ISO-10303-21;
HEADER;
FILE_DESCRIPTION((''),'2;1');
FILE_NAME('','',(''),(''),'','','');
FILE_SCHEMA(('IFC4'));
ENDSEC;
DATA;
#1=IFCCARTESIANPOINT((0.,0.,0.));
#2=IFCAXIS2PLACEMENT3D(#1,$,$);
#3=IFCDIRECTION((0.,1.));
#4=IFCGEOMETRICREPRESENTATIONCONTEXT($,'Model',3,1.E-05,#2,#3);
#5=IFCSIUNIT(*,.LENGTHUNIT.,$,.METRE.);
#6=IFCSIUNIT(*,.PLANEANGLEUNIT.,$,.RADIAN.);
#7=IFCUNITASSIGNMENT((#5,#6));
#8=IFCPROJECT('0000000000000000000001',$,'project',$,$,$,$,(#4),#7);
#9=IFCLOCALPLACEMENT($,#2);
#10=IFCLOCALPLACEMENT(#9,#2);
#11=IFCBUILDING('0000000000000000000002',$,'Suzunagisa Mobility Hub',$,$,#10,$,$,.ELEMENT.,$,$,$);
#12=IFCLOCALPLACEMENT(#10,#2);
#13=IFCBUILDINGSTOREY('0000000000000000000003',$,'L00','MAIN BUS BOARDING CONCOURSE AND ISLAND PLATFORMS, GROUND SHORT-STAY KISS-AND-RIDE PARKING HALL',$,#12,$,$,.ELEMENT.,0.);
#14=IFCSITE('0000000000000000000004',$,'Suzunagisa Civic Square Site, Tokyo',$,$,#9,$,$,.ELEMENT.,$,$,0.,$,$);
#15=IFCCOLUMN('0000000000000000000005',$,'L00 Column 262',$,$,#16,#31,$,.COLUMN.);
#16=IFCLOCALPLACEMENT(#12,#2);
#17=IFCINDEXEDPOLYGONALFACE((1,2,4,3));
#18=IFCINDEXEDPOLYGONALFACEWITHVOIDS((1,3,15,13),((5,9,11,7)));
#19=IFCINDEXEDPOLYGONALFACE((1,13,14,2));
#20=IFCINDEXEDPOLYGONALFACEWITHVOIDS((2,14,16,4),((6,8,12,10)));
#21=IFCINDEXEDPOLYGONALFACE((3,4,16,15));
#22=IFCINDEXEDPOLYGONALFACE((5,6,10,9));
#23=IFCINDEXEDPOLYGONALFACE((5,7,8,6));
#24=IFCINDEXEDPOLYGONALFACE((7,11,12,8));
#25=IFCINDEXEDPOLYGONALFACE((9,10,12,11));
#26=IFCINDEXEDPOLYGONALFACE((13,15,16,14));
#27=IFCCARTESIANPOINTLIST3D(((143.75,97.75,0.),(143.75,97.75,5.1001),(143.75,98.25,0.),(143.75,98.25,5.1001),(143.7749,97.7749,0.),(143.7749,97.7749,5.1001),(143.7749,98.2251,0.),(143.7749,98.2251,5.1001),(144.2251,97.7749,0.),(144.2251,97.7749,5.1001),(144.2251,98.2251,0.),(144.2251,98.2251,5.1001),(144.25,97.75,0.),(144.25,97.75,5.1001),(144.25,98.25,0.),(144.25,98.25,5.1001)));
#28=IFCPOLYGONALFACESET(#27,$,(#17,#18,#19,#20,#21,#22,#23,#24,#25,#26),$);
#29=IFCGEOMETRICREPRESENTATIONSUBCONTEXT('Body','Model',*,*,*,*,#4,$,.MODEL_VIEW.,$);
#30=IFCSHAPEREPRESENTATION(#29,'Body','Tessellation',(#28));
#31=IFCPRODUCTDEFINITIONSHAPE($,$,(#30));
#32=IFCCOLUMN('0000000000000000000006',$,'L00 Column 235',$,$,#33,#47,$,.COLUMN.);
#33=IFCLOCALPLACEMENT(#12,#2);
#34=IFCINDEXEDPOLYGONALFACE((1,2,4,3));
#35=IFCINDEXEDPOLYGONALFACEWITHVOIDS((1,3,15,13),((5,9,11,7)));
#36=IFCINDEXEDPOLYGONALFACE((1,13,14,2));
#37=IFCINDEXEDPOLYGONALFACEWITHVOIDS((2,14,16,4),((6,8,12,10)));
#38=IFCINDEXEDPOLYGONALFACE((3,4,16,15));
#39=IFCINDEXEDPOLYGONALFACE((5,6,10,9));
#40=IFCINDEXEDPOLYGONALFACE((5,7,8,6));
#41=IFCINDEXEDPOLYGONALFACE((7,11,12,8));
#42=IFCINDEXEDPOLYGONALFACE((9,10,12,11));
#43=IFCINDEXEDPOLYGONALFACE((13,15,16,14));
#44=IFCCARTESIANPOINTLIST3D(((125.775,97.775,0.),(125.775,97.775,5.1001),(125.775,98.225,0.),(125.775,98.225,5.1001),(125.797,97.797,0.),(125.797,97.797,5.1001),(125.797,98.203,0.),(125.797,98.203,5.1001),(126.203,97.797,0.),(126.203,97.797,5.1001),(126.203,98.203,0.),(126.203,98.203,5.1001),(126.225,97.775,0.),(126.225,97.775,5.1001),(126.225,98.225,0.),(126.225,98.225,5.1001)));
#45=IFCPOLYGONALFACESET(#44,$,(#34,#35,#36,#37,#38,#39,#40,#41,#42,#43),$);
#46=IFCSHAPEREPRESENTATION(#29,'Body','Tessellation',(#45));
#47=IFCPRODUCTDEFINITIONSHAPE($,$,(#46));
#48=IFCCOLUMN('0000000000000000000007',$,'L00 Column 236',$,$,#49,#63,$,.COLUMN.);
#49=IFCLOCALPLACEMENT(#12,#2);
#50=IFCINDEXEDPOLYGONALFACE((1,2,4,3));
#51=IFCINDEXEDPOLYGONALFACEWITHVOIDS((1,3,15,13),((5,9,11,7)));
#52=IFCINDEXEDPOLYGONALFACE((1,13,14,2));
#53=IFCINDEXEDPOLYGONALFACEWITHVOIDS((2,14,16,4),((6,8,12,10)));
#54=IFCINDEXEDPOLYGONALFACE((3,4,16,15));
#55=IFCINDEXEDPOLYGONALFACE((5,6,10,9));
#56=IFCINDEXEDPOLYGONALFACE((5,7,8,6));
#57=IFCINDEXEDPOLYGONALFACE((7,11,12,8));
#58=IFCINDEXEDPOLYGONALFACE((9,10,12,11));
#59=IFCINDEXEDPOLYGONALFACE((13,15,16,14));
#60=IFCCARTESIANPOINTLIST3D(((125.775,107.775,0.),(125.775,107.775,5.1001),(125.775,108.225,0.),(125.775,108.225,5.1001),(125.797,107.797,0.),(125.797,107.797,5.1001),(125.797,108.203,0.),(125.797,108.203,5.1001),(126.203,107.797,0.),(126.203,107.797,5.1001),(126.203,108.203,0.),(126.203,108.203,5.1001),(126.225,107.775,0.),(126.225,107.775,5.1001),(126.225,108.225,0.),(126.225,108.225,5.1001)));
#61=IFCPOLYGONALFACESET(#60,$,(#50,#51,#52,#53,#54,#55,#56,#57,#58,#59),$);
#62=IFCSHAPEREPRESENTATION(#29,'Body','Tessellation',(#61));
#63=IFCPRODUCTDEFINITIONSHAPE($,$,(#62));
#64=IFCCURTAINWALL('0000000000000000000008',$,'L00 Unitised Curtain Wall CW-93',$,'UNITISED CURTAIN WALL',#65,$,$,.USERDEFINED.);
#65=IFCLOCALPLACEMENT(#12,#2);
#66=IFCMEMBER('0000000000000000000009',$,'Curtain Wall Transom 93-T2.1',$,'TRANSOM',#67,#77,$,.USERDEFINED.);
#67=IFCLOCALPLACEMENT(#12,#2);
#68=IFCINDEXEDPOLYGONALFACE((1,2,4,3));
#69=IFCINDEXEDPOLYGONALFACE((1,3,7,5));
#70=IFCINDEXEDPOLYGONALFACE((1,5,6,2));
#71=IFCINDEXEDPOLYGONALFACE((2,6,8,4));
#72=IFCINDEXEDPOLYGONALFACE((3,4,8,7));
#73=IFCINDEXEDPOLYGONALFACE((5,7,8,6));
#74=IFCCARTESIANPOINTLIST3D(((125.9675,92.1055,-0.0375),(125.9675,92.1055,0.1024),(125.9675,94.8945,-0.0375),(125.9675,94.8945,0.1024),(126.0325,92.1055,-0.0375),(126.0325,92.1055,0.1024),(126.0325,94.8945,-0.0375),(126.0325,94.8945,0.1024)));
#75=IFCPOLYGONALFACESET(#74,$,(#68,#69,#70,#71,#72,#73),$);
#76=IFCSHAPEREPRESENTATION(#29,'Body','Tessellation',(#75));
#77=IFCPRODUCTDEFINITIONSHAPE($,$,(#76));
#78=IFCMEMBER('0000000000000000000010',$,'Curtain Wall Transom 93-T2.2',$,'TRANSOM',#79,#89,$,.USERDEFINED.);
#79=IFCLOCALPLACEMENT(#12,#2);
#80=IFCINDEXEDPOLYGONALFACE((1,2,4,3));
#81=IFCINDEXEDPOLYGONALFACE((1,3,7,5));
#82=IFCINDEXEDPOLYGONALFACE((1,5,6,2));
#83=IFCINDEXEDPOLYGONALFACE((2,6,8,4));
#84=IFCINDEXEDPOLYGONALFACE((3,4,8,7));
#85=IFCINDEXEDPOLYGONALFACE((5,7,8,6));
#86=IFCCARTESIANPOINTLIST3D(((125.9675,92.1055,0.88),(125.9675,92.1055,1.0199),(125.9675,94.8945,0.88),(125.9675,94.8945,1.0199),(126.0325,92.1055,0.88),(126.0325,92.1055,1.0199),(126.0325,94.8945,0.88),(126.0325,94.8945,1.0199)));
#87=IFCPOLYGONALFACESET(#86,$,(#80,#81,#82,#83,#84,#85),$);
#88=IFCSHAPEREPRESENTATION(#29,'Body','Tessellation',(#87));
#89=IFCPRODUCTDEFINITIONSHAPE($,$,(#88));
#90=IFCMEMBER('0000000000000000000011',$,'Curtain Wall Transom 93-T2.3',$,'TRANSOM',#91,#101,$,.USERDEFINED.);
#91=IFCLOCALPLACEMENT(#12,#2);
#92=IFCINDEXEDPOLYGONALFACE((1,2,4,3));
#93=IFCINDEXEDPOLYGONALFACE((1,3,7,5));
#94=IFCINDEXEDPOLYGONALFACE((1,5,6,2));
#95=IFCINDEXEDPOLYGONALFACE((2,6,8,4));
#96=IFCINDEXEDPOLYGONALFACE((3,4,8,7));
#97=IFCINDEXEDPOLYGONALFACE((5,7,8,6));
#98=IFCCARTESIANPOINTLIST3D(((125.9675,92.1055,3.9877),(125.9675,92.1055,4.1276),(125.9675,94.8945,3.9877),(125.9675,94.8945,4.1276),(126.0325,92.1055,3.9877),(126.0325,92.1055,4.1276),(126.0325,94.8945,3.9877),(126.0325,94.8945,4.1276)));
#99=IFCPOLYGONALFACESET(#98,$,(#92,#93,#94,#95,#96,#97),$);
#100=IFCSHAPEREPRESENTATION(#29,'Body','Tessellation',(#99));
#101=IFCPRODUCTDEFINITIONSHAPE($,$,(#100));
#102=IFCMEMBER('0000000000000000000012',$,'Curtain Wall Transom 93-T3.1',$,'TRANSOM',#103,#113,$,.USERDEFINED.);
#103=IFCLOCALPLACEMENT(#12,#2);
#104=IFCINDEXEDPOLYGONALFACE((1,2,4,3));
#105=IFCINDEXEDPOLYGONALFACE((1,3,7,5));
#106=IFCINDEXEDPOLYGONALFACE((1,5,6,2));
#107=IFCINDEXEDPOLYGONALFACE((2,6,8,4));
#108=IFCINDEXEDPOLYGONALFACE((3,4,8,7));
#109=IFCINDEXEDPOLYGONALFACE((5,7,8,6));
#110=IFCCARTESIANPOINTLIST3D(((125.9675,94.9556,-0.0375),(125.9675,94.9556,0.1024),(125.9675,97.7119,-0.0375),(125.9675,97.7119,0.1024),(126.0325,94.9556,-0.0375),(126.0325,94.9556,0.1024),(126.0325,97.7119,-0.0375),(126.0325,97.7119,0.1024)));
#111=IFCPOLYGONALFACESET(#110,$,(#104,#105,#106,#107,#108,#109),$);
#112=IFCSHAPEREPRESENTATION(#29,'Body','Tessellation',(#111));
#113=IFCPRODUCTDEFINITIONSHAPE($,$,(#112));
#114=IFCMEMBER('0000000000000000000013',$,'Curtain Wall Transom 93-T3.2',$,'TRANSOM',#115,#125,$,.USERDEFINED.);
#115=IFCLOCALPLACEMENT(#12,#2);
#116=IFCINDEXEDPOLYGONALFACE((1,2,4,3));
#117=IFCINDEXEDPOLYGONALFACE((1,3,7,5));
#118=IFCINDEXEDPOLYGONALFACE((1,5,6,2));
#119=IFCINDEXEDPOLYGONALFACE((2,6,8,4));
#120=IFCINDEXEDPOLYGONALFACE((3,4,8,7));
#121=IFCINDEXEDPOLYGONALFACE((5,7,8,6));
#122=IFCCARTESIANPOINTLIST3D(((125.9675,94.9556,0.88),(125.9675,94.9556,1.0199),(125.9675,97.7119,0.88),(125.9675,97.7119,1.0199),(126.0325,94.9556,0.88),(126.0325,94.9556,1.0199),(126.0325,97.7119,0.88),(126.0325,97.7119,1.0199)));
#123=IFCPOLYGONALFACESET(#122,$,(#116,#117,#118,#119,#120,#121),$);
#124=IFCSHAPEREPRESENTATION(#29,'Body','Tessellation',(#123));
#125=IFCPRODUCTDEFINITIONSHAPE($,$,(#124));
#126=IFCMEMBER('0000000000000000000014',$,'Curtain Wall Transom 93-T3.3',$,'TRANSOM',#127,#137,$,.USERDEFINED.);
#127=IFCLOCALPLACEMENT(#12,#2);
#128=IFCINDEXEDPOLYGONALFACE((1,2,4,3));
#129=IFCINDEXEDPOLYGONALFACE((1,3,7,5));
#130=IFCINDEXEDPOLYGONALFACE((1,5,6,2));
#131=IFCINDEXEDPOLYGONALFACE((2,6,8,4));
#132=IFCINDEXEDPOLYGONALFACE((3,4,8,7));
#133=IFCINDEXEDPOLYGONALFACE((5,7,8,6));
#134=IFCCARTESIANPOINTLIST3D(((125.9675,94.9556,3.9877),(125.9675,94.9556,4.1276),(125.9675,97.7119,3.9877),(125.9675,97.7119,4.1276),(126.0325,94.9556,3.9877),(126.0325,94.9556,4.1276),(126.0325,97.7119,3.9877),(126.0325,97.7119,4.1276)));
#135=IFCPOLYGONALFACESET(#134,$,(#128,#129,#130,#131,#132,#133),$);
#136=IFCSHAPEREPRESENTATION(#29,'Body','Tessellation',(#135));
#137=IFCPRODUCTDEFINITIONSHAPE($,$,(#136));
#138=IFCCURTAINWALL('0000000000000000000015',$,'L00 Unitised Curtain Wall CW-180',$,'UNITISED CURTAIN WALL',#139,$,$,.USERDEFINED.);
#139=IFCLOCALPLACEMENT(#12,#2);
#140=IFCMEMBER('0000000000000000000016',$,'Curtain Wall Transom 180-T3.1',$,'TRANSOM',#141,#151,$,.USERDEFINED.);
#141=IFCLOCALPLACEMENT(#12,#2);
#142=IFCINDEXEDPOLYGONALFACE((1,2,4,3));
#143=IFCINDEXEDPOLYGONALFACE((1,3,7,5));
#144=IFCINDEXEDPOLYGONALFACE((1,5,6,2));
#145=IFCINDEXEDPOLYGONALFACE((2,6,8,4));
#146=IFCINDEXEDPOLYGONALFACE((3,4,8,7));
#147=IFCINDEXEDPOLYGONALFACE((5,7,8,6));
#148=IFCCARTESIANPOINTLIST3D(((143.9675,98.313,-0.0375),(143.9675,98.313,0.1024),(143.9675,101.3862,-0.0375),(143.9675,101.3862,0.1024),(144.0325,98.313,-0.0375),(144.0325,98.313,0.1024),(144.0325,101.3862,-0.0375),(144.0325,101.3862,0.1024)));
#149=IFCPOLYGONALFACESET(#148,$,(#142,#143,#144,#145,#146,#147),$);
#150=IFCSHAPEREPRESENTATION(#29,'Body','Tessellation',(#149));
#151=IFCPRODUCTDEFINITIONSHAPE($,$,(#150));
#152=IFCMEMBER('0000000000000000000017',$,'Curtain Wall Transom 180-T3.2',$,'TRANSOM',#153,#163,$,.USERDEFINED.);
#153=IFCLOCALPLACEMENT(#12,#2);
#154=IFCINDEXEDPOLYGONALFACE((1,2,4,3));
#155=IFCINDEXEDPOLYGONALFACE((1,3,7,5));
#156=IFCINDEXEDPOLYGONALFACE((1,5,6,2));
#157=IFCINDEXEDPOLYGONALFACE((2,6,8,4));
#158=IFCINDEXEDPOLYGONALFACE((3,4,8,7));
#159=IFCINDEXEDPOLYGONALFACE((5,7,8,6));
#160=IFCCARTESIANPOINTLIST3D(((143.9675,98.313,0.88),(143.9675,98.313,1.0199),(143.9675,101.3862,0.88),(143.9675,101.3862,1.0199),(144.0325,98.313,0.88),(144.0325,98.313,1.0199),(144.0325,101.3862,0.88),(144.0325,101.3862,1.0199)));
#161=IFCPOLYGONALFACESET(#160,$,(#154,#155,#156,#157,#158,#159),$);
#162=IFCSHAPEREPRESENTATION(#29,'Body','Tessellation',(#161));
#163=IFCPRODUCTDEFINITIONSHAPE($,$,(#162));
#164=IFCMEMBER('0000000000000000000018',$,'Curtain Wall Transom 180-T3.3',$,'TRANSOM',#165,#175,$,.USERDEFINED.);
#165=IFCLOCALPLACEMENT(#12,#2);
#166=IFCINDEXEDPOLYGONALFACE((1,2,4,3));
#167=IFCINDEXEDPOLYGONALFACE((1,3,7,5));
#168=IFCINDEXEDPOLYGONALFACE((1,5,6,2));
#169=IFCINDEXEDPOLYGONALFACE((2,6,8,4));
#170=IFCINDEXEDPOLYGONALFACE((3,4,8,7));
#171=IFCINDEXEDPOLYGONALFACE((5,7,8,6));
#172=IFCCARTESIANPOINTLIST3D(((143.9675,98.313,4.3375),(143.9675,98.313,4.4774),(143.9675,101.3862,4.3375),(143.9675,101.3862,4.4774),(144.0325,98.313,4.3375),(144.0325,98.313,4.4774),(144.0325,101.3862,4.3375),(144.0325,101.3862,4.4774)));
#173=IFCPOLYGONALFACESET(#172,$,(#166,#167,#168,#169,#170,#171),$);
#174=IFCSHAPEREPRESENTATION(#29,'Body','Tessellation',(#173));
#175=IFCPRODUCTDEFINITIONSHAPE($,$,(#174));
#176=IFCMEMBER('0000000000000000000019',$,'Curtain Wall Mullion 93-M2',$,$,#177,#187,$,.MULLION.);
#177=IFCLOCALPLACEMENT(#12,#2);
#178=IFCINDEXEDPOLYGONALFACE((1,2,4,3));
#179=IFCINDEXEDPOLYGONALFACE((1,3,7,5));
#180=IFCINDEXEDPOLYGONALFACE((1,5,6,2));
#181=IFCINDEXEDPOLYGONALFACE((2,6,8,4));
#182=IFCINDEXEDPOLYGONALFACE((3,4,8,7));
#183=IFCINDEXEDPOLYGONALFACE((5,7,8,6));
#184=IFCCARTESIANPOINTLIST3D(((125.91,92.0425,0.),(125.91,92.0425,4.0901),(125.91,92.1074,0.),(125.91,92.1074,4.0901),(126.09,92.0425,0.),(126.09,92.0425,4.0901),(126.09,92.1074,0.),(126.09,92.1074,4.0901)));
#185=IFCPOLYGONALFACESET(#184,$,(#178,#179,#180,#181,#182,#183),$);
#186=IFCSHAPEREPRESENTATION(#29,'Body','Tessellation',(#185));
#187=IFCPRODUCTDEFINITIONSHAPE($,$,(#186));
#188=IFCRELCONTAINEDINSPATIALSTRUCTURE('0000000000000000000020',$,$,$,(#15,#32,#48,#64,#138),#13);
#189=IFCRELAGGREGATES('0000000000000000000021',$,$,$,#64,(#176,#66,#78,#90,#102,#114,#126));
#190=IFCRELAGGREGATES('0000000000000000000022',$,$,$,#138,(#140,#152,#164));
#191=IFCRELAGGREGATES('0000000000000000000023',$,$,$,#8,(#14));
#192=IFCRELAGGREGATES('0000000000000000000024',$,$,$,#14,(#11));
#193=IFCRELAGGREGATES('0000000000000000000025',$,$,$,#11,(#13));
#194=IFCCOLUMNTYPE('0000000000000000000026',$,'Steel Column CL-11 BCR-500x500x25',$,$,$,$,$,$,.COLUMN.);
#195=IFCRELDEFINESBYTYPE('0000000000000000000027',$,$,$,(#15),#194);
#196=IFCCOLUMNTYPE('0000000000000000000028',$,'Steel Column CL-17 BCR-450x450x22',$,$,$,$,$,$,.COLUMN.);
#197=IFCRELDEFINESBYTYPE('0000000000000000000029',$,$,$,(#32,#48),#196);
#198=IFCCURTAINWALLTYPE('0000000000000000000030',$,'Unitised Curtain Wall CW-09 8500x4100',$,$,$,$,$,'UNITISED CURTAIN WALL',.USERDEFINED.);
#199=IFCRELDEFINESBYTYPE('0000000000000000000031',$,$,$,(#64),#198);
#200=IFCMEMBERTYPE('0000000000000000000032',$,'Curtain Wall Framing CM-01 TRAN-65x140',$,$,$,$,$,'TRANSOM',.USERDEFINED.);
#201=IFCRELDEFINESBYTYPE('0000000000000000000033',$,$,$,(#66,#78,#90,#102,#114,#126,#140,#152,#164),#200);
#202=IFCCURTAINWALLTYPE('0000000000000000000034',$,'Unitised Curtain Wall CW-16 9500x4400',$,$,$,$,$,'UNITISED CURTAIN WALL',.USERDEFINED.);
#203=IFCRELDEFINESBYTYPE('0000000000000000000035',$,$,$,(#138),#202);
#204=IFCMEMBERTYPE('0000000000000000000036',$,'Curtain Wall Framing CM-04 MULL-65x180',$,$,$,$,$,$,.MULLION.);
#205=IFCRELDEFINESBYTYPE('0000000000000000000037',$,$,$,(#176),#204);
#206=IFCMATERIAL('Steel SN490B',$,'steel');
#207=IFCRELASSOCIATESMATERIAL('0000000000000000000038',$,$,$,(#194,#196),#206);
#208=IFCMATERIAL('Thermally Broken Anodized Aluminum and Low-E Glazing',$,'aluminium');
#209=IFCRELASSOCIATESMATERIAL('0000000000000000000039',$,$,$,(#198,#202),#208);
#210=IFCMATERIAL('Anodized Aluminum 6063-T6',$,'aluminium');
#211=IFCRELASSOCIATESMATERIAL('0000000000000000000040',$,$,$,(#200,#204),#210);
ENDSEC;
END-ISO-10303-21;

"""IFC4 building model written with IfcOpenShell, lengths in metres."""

from ifc_helpers import new_model, si_unit, direction, frame, origin, origin_2d, place, context, subcontext, project, spatial, rectangle, hollow_rectangle, extrude, material, material_profile, profile_set, type_object, element, aggregate, save


model = new_model("IFC4")

# Units and contexts
model_context = context("Model", 3, precision=1e-05, world=origin(), true_north=direction((0.0, 1.0)))
body_context = subcontext(model_context, "Body", "Model", "MODEL_VIEW")
ifc_project = project(units=[si_unit("LENGTHUNIT", "METRE"), si_unit("PLANEANGLEUNIT", "RADIAN")], contexts=[model_context])

# Site, building, storey
site_placement = place(None, origin())
site = spatial("IfcSite", under=ifc_project, at=site_placement, Name="Suzunagisa Civic Square Site, Tokyo", CompositionType="ELEMENT", RefElevation=0.0)
building_placement = place(site_placement, origin())
building = spatial("IfcBuilding", under=site, at=building_placement, Name="Suzunagisa Mobility Hub", CompositionType="ELEMENT")
storey_placement = place(building_placement, origin())
storey = spatial("IfcBuildingStorey", under=building, at=storey_placement, Name="L00", Description="MAIN BUS BOARDING CONCOURSE AND ISLAND PLATFORMS, GROUND SHORT-STAY KISS-AND-RIDE PARKING HALL", CompositionType="ELEMENT", Elevation=0.0)

# Columns
ifc_material_1 = material(Name="Steel SN490B", Category="steel")
ifc_material_profile_1 = material_profile(ifc_material_1, hollow_rectangle(XDim=0.5, YDim=0.5, WallThickness=0.0249, at=origin_2d()), Name="BCR-500x500x25")
ifc_profile_set_1 = profile_set([ifc_material_profile_1], Name="Steel SN490B")
column_type_1 = type_object("IfcColumnType", Name="Steel Column CL-11 BCR-500x500x25", PredefinedType="COLUMN", material=ifc_profile_set_1)
column_placement = place(storey_placement, frame((144.0, 98.0, 0.0), z_axis=(0.0, 0.0, 1.0), x_axis=(1.0, 0.0, 0.0)))
element("IfcColumn", 1, at=column_placement, inside=storey, type_object=column_type_1, Name="L00 Column 262", PredefinedType="COLUMN", context=body_context, shape_type="SweptSolid", body=[
    extrude(hollow_rectangle(XDim=0.5, YDim=0.5, WallThickness=0.0249, at=origin_2d()), origin(), (0.0, 0.0, 1.0), 5.1001),
])
ifc_material_profile_2 = material_profile(ifc_material_1, hollow_rectangle(XDim=0.45, YDim=0.45, WallThickness=0.022, at=origin_2d()), Name="BCR-450x450x22")
ifc_profile_set_2 = profile_set([ifc_material_profile_2], Name="Steel SN490B")
column_type_2 = type_object("IfcColumnType", Name="Steel Column CL-17 BCR-450x450x22", PredefinedType="COLUMN", material=ifc_profile_set_2)
for number, where, z_axis, x_axis, name in (
    (2, (126.0, 98.0, 0.0), (0.0, 0.0, 1.0), (1.0, 0.0, 0.0), "L00 Column 235"),
    (3, (126.0, 108.0, 0.0), (0.0, 0.0, 1.0), (1.0, 0.0, 0.0), "L00 Column 236"),
):
    element("IfcColumn", number, at=place(storey_placement, frame(where, z_axis=z_axis, x_axis=x_axis)), inside=storey, type_object=column_type_2, Name=name, PredefinedType="COLUMN", context=body_context, shape_type="SweptSolid", body=[
        extrude(hollow_rectangle(XDim=0.45, YDim=0.45, WallThickness=0.022, at=origin_2d()), origin(), (0.0, 0.0, 1.0), 5.1001),
    ])

# Curtain walls, members
ifc_material_2 = material(Name="Thermally Broken Anodized Aluminum and Low-E Glazing", Category="aluminium")
curtain_wall_type_1 = type_object("IfcCurtainWallType", Name="Unitised Curtain Wall CW-09 8500x4100", ElementType="UNITISED CURTAIN WALL", PredefinedType="USERDEFINED", material=ifc_material_2)
curtain_wall_1_placement = place(storey_placement, origin())
curtain_wall_1 = element("IfcCurtainWall", 4, at=curtain_wall_1_placement, inside=storey, type_object=curtain_wall_type_1, Name="L00 Unitised Curtain Wall CW-93", ObjectType="UNITISED CURTAIN WALL", PredefinedType="USERDEFINED")
ifc_material_3 = material(Name="Anodized Aluminum 6063-T6", Category="aluminium")
ifc_material_profile_3 = material_profile(ifc_material_3, rectangle(XDim=0.0649, YDim=0.1399, at=origin_2d()), Name="TRAN-65x140")
ifc_profile_set_3 = profile_set([ifc_material_profile_3], Name="Anodized Aluminum 6063-T6")
member_type_1 = type_object("IfcMemberType", Name="Curtain Wall Framing CM-01 TRAN-65x140", ElementType="TRANSOM", PredefinedType="USERDEFINED", material=ifc_profile_set_3)
member_1_placement = place(storey_placement, frame((126.0, 92.1055, 0.0325), z_axis=(0.0, 1.0, 0.0), x_axis=(-1.0, 0.0, 0.0)))
member_1 = element("IfcMember", 5, at=member_1_placement, type_object=member_type_1, Name="Curtain Wall Transom 93-T2.1", ObjectType="TRANSOM", PredefinedType="USERDEFINED", context=body_context, shape_type="SweptSolid", body=[
    extrude(rectangle(XDim=0.0649, YDim=0.1399, at=origin_2d()), origin(), (0.0, 0.0, 1.0), 2.7891),
])
member_2_placement = place(storey_placement, frame((126.0, 92.1055, 0.95), z_axis=(0.0, 1.0, 0.0), x_axis=(-1.0, 0.0, 0.0)))
member_2 = element("IfcMember", 6, at=member_2_placement, type_object=member_type_1, Name="Curtain Wall Transom 93-T2.2", ObjectType="TRANSOM", PredefinedType="USERDEFINED", context=body_context, shape_type="SweptSolid", body=[
    extrude(rectangle(XDim=0.0649, YDim=0.1399, at=origin_2d()), origin(), (0.0, 0.0, 1.0), 2.7891),
])
member_3_placement = place(storey_placement, frame((126.0, 92.1055, 4.0576), z_axis=(0.0, 1.0, 0.0), x_axis=(-1.0, 0.0, 0.0)))
member_3 = element("IfcMember", 7, at=member_3_placement, type_object=member_type_1, Name="Curtain Wall Transom 93-T2.3", ObjectType="TRANSOM", PredefinedType="USERDEFINED", context=body_context, shape_type="SweptSolid", body=[
    extrude(rectangle(XDim=0.0649, YDim=0.1399, at=origin_2d()), origin(), (0.0, 0.0, 1.0), 2.7891),
])
member_4_placement = place(storey_placement, frame((126.0, 94.9556, 0.0325), z_axis=(0.0, 1.0, 0.0), x_axis=(-1.0, 0.0, 0.0)))
member_4 = element("IfcMember", 8, at=member_4_placement, type_object=member_type_1, Name="Curtain Wall Transom 93-T3.1", ObjectType="TRANSOM", PredefinedType="USERDEFINED", context=body_context, shape_type="SweptSolid", body=[
    extrude(rectangle(XDim=0.0649, YDim=0.1399, at=origin_2d()), origin(), (0.0, 0.0, 1.0), 2.7563),
])
member_5_placement = place(storey_placement, frame((126.0, 94.9556, 0.95), z_axis=(0.0, 1.0, 0.0), x_axis=(-1.0, 0.0, 0.0)))
member_5 = element("IfcMember", 9, at=member_5_placement, type_object=member_type_1, Name="Curtain Wall Transom 93-T3.2", ObjectType="TRANSOM", PredefinedType="USERDEFINED", context=body_context, shape_type="SweptSolid", body=[
    extrude(rectangle(XDim=0.0649, YDim=0.1399, at=origin_2d()), origin(), (0.0, 0.0, 1.0), 2.7563),
])
member_6_placement = place(storey_placement, frame((126.0, 94.9556, 4.0576), z_axis=(0.0, 1.0, 0.0), x_axis=(-1.0, 0.0, 0.0)))
member_6 = element("IfcMember", 10, at=member_6_placement, type_object=member_type_1, Name="Curtain Wall Transom 93-T3.3", ObjectType="TRANSOM", PredefinedType="USERDEFINED", context=body_context, shape_type="SweptSolid", body=[
    extrude(rectangle(XDim=0.0649, YDim=0.1399, at=origin_2d()), origin(), (0.0, 0.0, 1.0), 2.7563),
])
curtain_wall_type_2 = type_object("IfcCurtainWallType", Name="Unitised Curtain Wall CW-16 9500x4400", ElementType="UNITISED CURTAIN WALL", PredefinedType="USERDEFINED", material=ifc_material_2)
curtain_wall_2_placement = place(storey_placement, origin())
curtain_wall_2 = element("IfcCurtainWall", 11, at=curtain_wall_2_placement, inside=storey, type_object=curtain_wall_type_2, Name="L00 Unitised Curtain Wall CW-180", ObjectType="UNITISED CURTAIN WALL", PredefinedType="USERDEFINED")
member_7_placement = place(storey_placement, frame((144.0, 101.3862, 0.0325), z_axis=(0.0, -1.0, 0.0), x_axis=(1.0, 0.0, 0.0)))
member_7 = element("IfcMember", 12, at=member_7_placement, type_object=member_type_1, Name="Curtain Wall Transom 180-T3.1", ObjectType="TRANSOM", PredefinedType="USERDEFINED", context=body_context, shape_type="SweptSolid", body=[
    extrude(rectangle(XDim=0.0649, YDim=0.1399, at=origin_2d()), origin(), (0.0, 0.0, 1.0), 3.0732),
])
member_8_placement = place(storey_placement, frame((144.0, 101.3862, 0.95), z_axis=(0.0, -1.0, 0.0), x_axis=(1.0, 0.0, 0.0)))
member_8 = element("IfcMember", 13, at=member_8_placement, type_object=member_type_1, Name="Curtain Wall Transom 180-T3.2", ObjectType="TRANSOM", PredefinedType="USERDEFINED", context=body_context, shape_type="SweptSolid", body=[
    extrude(rectangle(XDim=0.0649, YDim=0.1399, at=origin_2d()), origin(), (0.0, 0.0, 1.0), 3.0732),
])
member_9_placement = place(storey_placement, frame((144.0, 101.3862, 4.4075), z_axis=(0.0, -1.0, 0.0), x_axis=(1.0, 0.0, 0.0)))
member_9 = element("IfcMember", 14, at=member_9_placement, type_object=member_type_1, Name="Curtain Wall Transom 180-T3.3", ObjectType="TRANSOM", PredefinedType="USERDEFINED", context=body_context, shape_type="SweptSolid", body=[
    extrude(rectangle(XDim=0.0649, YDim=0.1399, at=origin_2d()), origin(), (0.0, 0.0, 1.0), 3.0732),
])

# Member
ifc_material_profile_4 = material_profile(ifc_material_3, rectangle(XDim=0.0649, YDim=0.1799, at=origin_2d()), Name="MULL-65x180")
ifc_profile_set_4 = profile_set([ifc_material_profile_4], Name="Anodized Aluminum 6063-T6")
member_type_2 = type_object("IfcMemberType", Name="Curtain Wall Framing CM-04 MULL-65x180", PredefinedType="MULLION", material=ifc_profile_set_4)
member_10_placement = place(storey_placement, frame((126.0, 92.075, 0.0), z_axis=(0.0, 0.0, 1.0), x_axis=(0.0, 1.0, 0.0)))
member_10 = element("IfcMember", 15, at=member_10_placement, type_object=member_type_2, Name="Curtain Wall Mullion 93-M2", PredefinedType="MULLION", context=body_context, shape_type="SweptSolid", body=[
    extrude(rectangle(XDim=0.0649, YDim=0.1799, at=origin_2d()), origin(), (0.0, 0.0, 1.0), 4.0901),
])

aggregate(curtain_wall_1, [member_10, member_1, member_2, member_3, member_4, member_5, member_6])
aggregate(curtain_wall_2, [member_7, member_8, member_9])

save(model, "model.ifc")
